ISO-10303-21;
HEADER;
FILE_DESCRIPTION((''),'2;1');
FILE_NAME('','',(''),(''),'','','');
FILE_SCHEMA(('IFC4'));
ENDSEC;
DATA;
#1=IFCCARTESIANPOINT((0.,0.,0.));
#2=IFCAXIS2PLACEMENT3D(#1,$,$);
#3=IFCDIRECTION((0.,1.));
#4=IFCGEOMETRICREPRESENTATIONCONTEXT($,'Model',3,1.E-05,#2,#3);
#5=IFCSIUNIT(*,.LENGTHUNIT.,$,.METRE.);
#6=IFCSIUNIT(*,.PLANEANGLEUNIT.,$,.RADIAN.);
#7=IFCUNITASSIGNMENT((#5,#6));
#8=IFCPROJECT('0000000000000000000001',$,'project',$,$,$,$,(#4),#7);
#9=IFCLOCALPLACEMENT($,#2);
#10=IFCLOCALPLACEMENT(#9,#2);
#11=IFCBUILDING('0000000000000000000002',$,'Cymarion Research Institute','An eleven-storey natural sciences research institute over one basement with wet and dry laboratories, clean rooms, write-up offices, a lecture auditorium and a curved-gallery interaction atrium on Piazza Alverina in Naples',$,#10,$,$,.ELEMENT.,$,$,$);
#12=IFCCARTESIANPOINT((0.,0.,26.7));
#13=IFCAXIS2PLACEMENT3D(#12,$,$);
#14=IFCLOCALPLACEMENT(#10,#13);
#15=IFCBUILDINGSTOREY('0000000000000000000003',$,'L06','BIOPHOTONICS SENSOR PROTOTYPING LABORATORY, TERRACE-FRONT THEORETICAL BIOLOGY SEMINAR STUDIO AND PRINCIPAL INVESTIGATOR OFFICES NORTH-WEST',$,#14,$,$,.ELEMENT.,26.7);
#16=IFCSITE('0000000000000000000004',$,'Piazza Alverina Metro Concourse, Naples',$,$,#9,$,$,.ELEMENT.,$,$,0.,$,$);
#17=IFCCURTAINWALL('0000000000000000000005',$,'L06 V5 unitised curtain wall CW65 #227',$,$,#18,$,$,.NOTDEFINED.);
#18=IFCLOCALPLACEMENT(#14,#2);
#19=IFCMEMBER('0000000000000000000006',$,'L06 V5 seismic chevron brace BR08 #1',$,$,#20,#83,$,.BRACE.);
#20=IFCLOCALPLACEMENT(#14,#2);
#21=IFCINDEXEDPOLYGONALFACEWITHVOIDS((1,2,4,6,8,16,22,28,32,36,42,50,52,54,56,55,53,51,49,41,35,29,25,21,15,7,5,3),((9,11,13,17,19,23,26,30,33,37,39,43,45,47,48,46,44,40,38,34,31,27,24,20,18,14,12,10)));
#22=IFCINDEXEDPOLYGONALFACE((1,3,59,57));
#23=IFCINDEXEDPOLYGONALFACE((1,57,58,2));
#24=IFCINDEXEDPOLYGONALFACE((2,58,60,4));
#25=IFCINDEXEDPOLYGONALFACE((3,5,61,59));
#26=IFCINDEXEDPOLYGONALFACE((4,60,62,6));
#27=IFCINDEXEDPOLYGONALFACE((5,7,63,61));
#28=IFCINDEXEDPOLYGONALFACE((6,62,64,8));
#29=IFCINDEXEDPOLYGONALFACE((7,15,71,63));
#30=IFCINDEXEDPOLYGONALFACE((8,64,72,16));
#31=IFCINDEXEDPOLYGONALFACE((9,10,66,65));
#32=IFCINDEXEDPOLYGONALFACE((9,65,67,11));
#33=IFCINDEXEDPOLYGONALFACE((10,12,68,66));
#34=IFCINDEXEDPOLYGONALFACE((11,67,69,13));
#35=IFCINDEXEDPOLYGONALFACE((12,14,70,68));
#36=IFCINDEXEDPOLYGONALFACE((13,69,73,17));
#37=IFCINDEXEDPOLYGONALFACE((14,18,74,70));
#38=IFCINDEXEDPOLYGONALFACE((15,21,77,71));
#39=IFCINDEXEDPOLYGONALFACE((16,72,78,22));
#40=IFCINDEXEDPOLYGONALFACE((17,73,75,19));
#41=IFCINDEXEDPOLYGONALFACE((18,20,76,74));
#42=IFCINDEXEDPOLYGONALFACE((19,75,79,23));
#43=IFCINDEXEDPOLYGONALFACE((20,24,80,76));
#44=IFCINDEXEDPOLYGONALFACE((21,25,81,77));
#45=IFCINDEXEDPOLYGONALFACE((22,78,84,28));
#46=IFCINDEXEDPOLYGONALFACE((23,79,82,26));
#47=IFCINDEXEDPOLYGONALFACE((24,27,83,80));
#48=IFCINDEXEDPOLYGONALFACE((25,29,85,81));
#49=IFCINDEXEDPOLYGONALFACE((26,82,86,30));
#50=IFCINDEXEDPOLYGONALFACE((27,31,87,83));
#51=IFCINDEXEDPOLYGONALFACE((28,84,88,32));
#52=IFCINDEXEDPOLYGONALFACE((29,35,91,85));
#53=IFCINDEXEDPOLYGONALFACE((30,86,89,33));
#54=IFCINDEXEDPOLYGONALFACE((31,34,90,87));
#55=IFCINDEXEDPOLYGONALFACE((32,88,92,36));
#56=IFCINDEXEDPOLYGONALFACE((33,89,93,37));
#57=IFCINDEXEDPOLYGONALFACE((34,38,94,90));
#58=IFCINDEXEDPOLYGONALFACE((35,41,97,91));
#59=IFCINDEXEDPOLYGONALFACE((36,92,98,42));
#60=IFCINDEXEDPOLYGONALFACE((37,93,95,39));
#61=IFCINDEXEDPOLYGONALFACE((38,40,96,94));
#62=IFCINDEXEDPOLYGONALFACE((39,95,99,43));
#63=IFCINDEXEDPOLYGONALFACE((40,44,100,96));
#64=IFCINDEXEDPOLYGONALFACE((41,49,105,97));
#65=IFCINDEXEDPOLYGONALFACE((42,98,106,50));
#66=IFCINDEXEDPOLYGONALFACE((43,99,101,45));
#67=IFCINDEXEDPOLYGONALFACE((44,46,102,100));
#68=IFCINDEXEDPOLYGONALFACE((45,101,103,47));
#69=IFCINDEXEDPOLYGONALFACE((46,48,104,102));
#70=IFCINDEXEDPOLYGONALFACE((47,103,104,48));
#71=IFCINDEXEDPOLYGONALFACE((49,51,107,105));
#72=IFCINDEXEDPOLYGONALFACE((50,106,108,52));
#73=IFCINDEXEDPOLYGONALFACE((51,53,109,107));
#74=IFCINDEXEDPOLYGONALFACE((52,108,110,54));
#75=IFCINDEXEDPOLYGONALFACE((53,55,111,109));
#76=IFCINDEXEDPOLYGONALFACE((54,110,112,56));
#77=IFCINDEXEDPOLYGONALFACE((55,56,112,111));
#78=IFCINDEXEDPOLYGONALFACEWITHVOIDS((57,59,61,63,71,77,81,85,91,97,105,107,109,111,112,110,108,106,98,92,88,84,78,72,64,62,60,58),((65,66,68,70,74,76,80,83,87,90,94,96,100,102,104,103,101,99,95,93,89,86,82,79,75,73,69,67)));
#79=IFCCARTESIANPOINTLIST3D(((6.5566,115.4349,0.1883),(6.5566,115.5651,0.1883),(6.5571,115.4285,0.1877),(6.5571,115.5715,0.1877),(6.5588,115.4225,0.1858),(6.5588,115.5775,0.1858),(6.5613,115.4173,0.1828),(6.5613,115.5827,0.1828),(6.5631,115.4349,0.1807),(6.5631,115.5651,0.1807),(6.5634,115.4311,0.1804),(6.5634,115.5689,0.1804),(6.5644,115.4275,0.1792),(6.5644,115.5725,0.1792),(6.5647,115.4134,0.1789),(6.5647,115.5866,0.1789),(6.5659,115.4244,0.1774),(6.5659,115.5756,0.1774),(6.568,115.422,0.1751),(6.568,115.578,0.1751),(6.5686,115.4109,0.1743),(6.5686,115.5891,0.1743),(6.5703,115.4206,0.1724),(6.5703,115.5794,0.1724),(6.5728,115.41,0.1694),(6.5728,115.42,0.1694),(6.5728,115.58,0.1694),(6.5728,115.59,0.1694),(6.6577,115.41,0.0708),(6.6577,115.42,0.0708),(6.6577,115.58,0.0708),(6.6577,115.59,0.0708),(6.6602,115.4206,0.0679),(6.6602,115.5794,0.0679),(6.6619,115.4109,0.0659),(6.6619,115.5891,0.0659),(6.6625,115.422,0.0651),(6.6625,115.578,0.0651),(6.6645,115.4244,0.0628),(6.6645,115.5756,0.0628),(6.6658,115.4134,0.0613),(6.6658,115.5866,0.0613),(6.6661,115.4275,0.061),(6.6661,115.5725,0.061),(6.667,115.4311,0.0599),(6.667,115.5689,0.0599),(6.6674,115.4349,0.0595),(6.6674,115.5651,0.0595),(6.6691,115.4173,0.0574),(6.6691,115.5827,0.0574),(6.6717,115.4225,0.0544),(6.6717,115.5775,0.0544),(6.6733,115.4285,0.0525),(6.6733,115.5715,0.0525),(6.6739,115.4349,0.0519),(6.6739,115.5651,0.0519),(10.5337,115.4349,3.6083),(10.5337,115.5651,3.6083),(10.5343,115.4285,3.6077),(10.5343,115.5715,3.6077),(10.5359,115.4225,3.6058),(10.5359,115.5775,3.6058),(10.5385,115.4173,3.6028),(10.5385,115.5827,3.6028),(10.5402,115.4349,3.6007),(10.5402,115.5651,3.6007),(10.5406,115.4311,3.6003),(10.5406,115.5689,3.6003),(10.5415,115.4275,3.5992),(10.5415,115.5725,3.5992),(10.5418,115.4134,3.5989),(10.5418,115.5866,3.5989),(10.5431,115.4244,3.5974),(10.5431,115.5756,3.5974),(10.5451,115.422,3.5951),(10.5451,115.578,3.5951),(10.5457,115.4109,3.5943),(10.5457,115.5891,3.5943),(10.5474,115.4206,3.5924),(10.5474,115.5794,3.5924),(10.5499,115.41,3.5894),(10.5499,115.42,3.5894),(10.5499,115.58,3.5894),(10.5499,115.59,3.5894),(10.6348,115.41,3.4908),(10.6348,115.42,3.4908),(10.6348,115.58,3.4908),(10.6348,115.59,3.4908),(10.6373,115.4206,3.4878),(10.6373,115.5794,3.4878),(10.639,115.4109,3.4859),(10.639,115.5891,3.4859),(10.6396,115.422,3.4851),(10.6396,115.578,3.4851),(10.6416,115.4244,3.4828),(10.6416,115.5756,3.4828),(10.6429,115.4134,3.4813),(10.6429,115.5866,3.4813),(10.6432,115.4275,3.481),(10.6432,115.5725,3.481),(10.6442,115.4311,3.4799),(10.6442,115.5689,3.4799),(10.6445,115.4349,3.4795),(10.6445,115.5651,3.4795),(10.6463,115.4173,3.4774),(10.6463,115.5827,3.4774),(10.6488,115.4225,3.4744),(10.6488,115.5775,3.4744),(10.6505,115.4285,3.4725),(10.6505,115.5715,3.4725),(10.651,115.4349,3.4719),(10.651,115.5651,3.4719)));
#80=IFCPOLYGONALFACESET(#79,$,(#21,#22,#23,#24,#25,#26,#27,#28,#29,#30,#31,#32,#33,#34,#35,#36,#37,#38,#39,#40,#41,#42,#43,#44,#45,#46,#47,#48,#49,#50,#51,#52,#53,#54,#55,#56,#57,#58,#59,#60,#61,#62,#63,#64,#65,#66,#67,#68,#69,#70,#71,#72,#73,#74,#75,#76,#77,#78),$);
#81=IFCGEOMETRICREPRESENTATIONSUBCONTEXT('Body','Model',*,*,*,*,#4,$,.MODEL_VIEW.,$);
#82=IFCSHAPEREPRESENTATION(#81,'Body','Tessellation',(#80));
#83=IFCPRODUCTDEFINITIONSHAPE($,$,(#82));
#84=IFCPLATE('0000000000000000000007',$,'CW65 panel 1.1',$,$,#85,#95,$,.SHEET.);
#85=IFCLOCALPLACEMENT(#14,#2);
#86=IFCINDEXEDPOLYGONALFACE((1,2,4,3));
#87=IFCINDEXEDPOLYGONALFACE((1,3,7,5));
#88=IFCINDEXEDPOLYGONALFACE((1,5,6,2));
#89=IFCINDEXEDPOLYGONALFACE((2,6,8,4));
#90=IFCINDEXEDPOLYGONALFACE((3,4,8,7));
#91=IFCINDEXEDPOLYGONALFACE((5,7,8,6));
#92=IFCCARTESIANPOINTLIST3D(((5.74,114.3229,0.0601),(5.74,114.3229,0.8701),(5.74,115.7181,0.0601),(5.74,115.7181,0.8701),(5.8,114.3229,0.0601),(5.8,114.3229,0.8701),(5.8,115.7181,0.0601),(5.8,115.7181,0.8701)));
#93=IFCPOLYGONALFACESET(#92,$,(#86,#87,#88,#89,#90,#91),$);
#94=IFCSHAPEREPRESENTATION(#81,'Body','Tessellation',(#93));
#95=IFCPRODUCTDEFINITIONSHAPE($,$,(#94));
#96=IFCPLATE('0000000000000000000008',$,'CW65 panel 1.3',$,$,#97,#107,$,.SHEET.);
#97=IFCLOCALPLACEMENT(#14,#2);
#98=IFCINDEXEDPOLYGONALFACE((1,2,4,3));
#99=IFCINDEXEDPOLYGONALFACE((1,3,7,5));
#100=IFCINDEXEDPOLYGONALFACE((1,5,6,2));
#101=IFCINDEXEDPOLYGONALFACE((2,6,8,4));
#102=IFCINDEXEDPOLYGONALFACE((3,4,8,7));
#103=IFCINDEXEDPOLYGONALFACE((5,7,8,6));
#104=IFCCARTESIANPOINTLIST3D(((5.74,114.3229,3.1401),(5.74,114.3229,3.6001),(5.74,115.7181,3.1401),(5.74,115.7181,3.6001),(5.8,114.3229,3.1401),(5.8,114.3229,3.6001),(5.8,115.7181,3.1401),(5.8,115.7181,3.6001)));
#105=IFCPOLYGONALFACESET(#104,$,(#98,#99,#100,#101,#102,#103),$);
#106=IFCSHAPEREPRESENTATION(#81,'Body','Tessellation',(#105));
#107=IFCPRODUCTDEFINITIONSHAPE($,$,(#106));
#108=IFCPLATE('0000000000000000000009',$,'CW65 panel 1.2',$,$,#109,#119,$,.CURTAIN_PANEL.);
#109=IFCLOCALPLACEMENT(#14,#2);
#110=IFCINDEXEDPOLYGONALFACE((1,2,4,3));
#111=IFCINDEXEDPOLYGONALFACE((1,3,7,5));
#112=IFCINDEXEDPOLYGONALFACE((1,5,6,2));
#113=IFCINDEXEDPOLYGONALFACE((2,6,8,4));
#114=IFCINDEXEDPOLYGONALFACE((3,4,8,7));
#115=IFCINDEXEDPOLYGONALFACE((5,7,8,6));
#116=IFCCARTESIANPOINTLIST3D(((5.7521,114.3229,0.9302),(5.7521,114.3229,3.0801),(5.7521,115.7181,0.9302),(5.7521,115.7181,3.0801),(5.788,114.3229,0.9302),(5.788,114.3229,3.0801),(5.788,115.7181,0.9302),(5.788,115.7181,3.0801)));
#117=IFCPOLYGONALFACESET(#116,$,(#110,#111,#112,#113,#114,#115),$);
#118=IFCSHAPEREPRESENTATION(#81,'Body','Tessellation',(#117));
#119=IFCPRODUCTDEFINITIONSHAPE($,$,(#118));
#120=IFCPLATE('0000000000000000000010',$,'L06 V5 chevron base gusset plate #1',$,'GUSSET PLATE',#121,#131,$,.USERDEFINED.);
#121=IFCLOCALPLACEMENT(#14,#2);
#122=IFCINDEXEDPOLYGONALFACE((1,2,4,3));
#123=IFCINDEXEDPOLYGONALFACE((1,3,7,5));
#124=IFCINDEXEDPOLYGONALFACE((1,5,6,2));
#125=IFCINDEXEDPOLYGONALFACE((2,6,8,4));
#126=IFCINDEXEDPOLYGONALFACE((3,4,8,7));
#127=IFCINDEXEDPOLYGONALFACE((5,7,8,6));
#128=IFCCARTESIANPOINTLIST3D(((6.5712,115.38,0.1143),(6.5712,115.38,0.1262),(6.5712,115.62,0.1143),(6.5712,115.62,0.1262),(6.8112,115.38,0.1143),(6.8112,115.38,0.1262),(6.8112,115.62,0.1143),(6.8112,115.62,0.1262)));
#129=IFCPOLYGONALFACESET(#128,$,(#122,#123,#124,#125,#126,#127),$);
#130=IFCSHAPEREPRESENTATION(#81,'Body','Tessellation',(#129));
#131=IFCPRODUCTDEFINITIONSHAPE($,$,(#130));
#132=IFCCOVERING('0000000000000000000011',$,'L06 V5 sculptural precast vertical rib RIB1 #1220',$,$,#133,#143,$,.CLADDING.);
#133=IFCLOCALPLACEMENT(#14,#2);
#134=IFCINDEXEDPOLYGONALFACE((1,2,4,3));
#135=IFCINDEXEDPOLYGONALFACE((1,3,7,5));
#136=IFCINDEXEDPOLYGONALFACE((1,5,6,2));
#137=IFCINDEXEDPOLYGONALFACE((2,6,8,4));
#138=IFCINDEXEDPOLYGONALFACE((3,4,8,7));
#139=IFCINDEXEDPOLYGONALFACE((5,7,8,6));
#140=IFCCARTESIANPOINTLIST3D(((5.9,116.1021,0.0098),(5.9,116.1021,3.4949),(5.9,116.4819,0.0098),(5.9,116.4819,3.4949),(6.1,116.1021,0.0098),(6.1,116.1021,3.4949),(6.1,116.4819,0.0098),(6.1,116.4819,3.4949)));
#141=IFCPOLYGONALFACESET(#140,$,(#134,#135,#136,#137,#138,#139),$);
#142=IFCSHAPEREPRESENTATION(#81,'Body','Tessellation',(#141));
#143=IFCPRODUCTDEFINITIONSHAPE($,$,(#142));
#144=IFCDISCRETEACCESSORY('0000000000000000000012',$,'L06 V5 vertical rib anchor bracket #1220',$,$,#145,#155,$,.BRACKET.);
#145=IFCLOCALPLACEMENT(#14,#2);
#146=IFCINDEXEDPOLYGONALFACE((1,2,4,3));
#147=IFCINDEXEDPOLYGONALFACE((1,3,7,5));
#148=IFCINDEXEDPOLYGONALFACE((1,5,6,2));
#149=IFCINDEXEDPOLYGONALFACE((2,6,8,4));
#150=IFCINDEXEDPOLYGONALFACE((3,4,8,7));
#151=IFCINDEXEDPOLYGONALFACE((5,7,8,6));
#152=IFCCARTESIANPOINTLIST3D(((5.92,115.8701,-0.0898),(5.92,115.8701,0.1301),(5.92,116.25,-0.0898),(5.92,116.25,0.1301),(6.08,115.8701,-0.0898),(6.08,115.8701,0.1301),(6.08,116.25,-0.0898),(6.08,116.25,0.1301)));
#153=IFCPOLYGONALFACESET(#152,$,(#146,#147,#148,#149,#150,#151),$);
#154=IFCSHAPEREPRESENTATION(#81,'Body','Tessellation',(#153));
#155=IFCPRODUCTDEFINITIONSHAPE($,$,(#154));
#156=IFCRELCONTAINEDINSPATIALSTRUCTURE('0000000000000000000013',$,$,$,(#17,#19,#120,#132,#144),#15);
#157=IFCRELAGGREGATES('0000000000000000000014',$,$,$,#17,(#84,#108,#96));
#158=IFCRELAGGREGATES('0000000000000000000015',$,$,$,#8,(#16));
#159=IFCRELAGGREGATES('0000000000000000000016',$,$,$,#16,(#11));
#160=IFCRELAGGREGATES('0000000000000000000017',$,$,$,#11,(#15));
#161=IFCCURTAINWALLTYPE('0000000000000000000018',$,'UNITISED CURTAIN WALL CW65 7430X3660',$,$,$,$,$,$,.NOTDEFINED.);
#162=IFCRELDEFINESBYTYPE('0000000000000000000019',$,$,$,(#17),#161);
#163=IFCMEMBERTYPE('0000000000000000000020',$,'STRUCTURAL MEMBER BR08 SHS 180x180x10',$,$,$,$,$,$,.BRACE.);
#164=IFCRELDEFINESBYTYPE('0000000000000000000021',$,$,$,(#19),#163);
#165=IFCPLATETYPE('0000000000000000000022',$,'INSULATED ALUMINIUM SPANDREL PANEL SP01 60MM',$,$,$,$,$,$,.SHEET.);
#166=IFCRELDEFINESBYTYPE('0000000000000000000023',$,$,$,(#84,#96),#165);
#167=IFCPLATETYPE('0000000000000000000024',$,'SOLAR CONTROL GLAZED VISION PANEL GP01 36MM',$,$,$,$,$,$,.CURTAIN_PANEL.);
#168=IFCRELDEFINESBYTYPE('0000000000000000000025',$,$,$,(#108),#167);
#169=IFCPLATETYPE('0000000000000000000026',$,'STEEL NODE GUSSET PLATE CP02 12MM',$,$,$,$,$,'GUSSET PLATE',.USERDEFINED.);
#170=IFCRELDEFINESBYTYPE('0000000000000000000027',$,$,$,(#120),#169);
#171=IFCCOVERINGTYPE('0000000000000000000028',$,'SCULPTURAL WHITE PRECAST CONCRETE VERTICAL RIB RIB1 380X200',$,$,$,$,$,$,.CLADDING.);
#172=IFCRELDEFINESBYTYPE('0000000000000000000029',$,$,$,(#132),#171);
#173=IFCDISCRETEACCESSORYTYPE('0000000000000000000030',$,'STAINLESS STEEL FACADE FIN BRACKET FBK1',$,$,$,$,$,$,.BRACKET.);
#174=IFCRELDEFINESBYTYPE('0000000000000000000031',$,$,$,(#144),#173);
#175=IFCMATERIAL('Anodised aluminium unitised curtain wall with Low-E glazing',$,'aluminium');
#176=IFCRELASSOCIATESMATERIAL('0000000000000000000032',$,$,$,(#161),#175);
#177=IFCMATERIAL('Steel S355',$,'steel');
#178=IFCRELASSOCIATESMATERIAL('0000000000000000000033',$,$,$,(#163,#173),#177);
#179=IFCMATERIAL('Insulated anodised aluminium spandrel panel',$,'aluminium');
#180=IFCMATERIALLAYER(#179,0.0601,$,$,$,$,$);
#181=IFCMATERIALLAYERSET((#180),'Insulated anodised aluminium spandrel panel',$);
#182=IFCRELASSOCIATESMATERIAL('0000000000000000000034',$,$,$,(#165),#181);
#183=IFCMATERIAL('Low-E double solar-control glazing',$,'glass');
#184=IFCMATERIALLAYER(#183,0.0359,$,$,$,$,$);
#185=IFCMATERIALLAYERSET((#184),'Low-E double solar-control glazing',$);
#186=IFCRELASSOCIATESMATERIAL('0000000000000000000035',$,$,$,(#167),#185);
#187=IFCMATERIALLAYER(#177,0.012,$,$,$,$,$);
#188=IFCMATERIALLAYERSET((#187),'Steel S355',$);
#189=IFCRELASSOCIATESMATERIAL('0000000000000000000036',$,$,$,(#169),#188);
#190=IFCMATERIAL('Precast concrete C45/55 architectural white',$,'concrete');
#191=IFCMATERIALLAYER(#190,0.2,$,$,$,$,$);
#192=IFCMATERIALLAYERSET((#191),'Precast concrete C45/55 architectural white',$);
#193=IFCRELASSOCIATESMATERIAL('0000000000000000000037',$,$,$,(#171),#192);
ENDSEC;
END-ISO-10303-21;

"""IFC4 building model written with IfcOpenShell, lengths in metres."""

from ifc_helpers import new_model, si_unit, direction, frame, origin, origin_2d, place, context, subcontext, project, spatial, rectangle, hollow_rectangle, extrude, material, layer, layer_set, material_profile, profile_set, type_object, element, aggregate, save


model = new_model("IFC4")

# Units and contexts
model_context = context("Model", 3, precision=1e-05, world=origin(), true_north=direction((0.0, 1.0)))
body_context = subcontext(model_context, "Body", "Model", "MODEL_VIEW")
ifc_project = project(units=[si_unit("LENGTHUNIT", "METRE"), si_unit("PLANEANGLEUNIT", "RADIAN")], contexts=[model_context])

# Site, building, storey
site_placement = place(None, origin())
site = spatial("IfcSite", under=ifc_project, at=site_placement, Name="Piazza Alverina Metro Concourse, Naples", CompositionType="ELEMENT", RefElevation=0.0)
building_placement = place(site_placement, origin())
building = spatial("IfcBuilding", under=site, at=building_placement, Name="Cymarion Research Institute", Description="An eleven-storey natural sciences research institute over one basement with wet and dry laboratories, clean rooms, write-up offices, a lecture auditorium and a curved-gallery interaction atrium on Piazza Alverina in Naples", CompositionType="ELEMENT")
storey_placement = place(building_placement, frame((0.0, 0.0, 26.7)))
storey = spatial("IfcBuildingStorey", under=building, at=storey_placement, Name="L06", Description="BIOPHOTONICS SENSOR PROTOTYPING LABORATORY, TERRACE-FRONT THEORETICAL BIOLOGY SEMINAR STUDIO AND PRINCIPAL INVESTIGATOR OFFICES NORTH-WEST", CompositionType="ELEMENT", Elevation=26.7)

# Shared definitions
ifc_material_1 = material(Name="Steel S355", Category="steel")

# Curtain wall
ifc_material_2 = material(Name="Anodised aluminium unitised curtain wall with Low-E glazing", Category="aluminium")
curtain_wall_type = type_object("IfcCurtainWallType", Name="UNITISED CURTAIN WALL CW65 7430X3660", PredefinedType="NOTDEFINED", material=ifc_material_2)
curtain_wall_placement = place(storey_placement, origin())
curtain_wall = element("IfcCurtainWall", 1, at=curtain_wall_placement, inside=storey, type_object=curtain_wall_type, Name="L06 V5 unitised curtain wall CW65 #227", PredefinedType="NOTDEFINED")

# Member
ifc_material_profile_1 = material_profile(ifc_material_1, hollow_rectangle(XDim=0.1799, YDim=0.1799, WallThickness=0.01, InnerFilletRadius=0.0149, OuterFilletRadius=0.0249, at=origin_2d()), Name="SHS 180x180x10")
ifc_profile_set_1 = profile_set([ifc_material_profile_1], Name="Steel S355")
member_type_1 = type_object("IfcMemberType", Name="STRUCTURAL MEMBER BR08 SHS 180x180x10", PredefinedType="BRACE", material=ifc_profile_set_1)
member_1_placement = place(storey_placement, frame((6.6152, 115.5, 0.1201), z_axis=(0.758217, 0.0, 0.652002), x_axis=(0.0, 1.0, 0.0)))
element("IfcMember", 2, at=member_1_placement, inside=storey, type_object=member_type_1, Name="L06 V5 seismic chevron brace BR08 #1", PredefinedType="BRACE", context=body_context, shape_type="SweptSolid", body=[
    extrude(hollow_rectangle(XDim=0.1799, YDim=0.1799, WallThickness=0.01, InnerFilletRadius=0.0149, OuterFilletRadius=0.0249, at=origin_2d()), origin(), (0.0, 0.0, 1.0), 5.2454),
])

# Plates
ifc_material_3 = material(Name="Insulated anodised aluminium spandrel panel", Category="aluminium")
ifc_layer_1 = layer(ifc_material_3, 0.0601)
ifc_layer_set_1 = layer_set([ifc_layer_1], Name="Insulated anodised aluminium spandrel panel")
plate_type_1 = type_object("IfcPlateType", Name="INSULATED ALUMINIUM SPANDREL PANEL SP01 60MM", PredefinedType="SHEET", material=ifc_layer_set_1)
plate_1_placement = place(storey_placement, frame((5.77, 115.0205, 0.0601), z_axis=(0.0, 0.0, 1.0), x_axis=(0.0, -1.0, 0.0)))
plate_1 = element("IfcPlate", 3, at=plate_1_placement, type_object=plate_type_1, Name="CW65 panel 1.1", PredefinedType="SHEET", context=body_context, shape_type="SweptSolid", body=[
    extrude(rectangle(XDim=1.3953, YDim=0.0601, at=origin_2d()), origin(), (0.0, 0.0, 1.0), 0.8101),
])
plate_2_placement = place(storey_placement, frame((5.77, 115.0205, 3.1401), z_axis=(0.0, 0.0, 1.0), x_axis=(0.0, -1.0, 0.0)))
plate_2 = element("IfcPlate", 4, at=plate_2_placement, type_object=plate_type_1, Name="CW65 panel 1.3", PredefinedType="SHEET", context=body_context, shape_type="SweptSolid", body=[
    extrude(rectangle(XDim=1.3953, YDim=0.0601, at=origin_2d()), origin(), (0.0, 0.0, 1.0), 0.46),
])
ifc_material_4 = material(Name="Low-E double solar-control glazing", Category="glass")
ifc_layer_2 = layer(ifc_material_4, 0.0359)
ifc_layer_set_2 = layer_set([ifc_layer_2], Name="Low-E double solar-control glazing")
plate_type_2 = type_object("IfcPlateType", Name="SOLAR CONTROL GLAZED VISION PANEL GP01 36MM", PredefinedType="CURTAIN_PANEL", material=ifc_layer_set_2)
plate_3_placement = place(storey_placement, frame((5.77, 115.0205, 0.9302), z_axis=(0.0, 0.0, 1.0), x_axis=(0.0, -1.0, 0.0)))
plate_3 = element("IfcPlate", 5, at=plate_3_placement, type_object=plate_type_2, Name="CW65 panel 1.2", PredefinedType="CURTAIN_PANEL", context=body_context, shape_type="SweptSolid", body=[
    extrude(rectangle(XDim=1.3953, YDim=0.0359, at=origin_2d()), origin(), (0.0, 0.0, 1.0), 2.1499),
])
aggregate(curtain_wall, [plate_1, plate_3, plate_2])
ifc_layer_3 = layer(ifc_material_1, 0.012)
ifc_layer_set_3 = layer_set([ifc_layer_3], Name="Steel S355")
plate_type_3 = type_object("IfcPlateType", Name="STEEL NODE GUSSET PLATE CP02 12MM", ElementType="GUSSET PLATE", PredefinedType="USERDEFINED", material=ifc_layer_set_3)
plate_4_placement = place(storey_placement, frame((6.6912, 115.5, 0.1143), z_axis=(0.0, 0.0, 1.0), x_axis=(1.0, 0.0, 0.0)))
element("IfcPlate", 6, at=plate_4_placement, inside=storey, type_object=plate_type_3, Name="L06 V5 chevron base gusset plate #1", ObjectType="GUSSET PLATE", PredefinedType="USERDEFINED", context=body_context, shape_type="SweptSolid", body=[
    extrude(rectangle(XDim=0.24, YDim=0.24, at=origin_2d()), origin(), (0.0, 0.0, 1.0), 0.012),
])

# Covering
ifc_material_5 = material(Name="Precast concrete C45/55 architectural white", Category="concrete")
ifc_layer_4 = layer(ifc_material_5, 0.2)
ifc_layer_set_4 = layer_set([ifc_layer_4], Name="Precast concrete C45/55 architectural white")
covering_type = type_object("IfcCoveringType", Name="SCULPTURAL WHITE PRECAST CONCRETE VERTICAL RIB RIB1 380X200", PredefinedType="CLADDING", material=ifc_layer_set_4)
covering_placement = place(storey_placement, frame((6.0, 116.292, 0.0098), z_axis=(0.0, 0.0, 1.0), x_axis=(0.0, 1.0, 0.0)))
element("IfcCovering", 7, at=covering_placement, inside=storey, type_object=covering_type, Name="L06 V5 sculptural precast vertical rib RIB1 #1220", PredefinedType="CLADDING", context=body_context, shape_type="SweptSolid", body=[
    extrude(rectangle(XDim=0.3799, YDim=0.2, at=origin_2d()), origin(), (0.0, 0.0, 1.0), 3.4851),
])

# Discrete accessory
discrete_accessory_type = type_object("IfcDiscreteAccessoryType", Name="STAINLESS STEEL FACADE FIN BRACKET FBK1", PredefinedType="BRACKET", material=ifc_material_1)
discrete_accessory_placement = place(storey_placement, frame((6.0, 116.0601, -0.0898), z_axis=(0.0, 0.0, 1.0), x_axis=(0.0, 1.0, 0.0)))
element("IfcDiscreteAccessory", 8, at=discrete_accessory_placement, inside=storey, type_object=discrete_accessory_type, Name="L06 V5 vertical rib anchor bracket #1220", PredefinedType="BRACKET", context=body_context, shape_type="SweptSolid", body=[
    extrude(rectangle(XDim=0.3799, YDim=0.1599, at=origin_2d()), origin(), (0.0, 0.0, 1.0), 0.22),
])

save(model, "model.ifc")
